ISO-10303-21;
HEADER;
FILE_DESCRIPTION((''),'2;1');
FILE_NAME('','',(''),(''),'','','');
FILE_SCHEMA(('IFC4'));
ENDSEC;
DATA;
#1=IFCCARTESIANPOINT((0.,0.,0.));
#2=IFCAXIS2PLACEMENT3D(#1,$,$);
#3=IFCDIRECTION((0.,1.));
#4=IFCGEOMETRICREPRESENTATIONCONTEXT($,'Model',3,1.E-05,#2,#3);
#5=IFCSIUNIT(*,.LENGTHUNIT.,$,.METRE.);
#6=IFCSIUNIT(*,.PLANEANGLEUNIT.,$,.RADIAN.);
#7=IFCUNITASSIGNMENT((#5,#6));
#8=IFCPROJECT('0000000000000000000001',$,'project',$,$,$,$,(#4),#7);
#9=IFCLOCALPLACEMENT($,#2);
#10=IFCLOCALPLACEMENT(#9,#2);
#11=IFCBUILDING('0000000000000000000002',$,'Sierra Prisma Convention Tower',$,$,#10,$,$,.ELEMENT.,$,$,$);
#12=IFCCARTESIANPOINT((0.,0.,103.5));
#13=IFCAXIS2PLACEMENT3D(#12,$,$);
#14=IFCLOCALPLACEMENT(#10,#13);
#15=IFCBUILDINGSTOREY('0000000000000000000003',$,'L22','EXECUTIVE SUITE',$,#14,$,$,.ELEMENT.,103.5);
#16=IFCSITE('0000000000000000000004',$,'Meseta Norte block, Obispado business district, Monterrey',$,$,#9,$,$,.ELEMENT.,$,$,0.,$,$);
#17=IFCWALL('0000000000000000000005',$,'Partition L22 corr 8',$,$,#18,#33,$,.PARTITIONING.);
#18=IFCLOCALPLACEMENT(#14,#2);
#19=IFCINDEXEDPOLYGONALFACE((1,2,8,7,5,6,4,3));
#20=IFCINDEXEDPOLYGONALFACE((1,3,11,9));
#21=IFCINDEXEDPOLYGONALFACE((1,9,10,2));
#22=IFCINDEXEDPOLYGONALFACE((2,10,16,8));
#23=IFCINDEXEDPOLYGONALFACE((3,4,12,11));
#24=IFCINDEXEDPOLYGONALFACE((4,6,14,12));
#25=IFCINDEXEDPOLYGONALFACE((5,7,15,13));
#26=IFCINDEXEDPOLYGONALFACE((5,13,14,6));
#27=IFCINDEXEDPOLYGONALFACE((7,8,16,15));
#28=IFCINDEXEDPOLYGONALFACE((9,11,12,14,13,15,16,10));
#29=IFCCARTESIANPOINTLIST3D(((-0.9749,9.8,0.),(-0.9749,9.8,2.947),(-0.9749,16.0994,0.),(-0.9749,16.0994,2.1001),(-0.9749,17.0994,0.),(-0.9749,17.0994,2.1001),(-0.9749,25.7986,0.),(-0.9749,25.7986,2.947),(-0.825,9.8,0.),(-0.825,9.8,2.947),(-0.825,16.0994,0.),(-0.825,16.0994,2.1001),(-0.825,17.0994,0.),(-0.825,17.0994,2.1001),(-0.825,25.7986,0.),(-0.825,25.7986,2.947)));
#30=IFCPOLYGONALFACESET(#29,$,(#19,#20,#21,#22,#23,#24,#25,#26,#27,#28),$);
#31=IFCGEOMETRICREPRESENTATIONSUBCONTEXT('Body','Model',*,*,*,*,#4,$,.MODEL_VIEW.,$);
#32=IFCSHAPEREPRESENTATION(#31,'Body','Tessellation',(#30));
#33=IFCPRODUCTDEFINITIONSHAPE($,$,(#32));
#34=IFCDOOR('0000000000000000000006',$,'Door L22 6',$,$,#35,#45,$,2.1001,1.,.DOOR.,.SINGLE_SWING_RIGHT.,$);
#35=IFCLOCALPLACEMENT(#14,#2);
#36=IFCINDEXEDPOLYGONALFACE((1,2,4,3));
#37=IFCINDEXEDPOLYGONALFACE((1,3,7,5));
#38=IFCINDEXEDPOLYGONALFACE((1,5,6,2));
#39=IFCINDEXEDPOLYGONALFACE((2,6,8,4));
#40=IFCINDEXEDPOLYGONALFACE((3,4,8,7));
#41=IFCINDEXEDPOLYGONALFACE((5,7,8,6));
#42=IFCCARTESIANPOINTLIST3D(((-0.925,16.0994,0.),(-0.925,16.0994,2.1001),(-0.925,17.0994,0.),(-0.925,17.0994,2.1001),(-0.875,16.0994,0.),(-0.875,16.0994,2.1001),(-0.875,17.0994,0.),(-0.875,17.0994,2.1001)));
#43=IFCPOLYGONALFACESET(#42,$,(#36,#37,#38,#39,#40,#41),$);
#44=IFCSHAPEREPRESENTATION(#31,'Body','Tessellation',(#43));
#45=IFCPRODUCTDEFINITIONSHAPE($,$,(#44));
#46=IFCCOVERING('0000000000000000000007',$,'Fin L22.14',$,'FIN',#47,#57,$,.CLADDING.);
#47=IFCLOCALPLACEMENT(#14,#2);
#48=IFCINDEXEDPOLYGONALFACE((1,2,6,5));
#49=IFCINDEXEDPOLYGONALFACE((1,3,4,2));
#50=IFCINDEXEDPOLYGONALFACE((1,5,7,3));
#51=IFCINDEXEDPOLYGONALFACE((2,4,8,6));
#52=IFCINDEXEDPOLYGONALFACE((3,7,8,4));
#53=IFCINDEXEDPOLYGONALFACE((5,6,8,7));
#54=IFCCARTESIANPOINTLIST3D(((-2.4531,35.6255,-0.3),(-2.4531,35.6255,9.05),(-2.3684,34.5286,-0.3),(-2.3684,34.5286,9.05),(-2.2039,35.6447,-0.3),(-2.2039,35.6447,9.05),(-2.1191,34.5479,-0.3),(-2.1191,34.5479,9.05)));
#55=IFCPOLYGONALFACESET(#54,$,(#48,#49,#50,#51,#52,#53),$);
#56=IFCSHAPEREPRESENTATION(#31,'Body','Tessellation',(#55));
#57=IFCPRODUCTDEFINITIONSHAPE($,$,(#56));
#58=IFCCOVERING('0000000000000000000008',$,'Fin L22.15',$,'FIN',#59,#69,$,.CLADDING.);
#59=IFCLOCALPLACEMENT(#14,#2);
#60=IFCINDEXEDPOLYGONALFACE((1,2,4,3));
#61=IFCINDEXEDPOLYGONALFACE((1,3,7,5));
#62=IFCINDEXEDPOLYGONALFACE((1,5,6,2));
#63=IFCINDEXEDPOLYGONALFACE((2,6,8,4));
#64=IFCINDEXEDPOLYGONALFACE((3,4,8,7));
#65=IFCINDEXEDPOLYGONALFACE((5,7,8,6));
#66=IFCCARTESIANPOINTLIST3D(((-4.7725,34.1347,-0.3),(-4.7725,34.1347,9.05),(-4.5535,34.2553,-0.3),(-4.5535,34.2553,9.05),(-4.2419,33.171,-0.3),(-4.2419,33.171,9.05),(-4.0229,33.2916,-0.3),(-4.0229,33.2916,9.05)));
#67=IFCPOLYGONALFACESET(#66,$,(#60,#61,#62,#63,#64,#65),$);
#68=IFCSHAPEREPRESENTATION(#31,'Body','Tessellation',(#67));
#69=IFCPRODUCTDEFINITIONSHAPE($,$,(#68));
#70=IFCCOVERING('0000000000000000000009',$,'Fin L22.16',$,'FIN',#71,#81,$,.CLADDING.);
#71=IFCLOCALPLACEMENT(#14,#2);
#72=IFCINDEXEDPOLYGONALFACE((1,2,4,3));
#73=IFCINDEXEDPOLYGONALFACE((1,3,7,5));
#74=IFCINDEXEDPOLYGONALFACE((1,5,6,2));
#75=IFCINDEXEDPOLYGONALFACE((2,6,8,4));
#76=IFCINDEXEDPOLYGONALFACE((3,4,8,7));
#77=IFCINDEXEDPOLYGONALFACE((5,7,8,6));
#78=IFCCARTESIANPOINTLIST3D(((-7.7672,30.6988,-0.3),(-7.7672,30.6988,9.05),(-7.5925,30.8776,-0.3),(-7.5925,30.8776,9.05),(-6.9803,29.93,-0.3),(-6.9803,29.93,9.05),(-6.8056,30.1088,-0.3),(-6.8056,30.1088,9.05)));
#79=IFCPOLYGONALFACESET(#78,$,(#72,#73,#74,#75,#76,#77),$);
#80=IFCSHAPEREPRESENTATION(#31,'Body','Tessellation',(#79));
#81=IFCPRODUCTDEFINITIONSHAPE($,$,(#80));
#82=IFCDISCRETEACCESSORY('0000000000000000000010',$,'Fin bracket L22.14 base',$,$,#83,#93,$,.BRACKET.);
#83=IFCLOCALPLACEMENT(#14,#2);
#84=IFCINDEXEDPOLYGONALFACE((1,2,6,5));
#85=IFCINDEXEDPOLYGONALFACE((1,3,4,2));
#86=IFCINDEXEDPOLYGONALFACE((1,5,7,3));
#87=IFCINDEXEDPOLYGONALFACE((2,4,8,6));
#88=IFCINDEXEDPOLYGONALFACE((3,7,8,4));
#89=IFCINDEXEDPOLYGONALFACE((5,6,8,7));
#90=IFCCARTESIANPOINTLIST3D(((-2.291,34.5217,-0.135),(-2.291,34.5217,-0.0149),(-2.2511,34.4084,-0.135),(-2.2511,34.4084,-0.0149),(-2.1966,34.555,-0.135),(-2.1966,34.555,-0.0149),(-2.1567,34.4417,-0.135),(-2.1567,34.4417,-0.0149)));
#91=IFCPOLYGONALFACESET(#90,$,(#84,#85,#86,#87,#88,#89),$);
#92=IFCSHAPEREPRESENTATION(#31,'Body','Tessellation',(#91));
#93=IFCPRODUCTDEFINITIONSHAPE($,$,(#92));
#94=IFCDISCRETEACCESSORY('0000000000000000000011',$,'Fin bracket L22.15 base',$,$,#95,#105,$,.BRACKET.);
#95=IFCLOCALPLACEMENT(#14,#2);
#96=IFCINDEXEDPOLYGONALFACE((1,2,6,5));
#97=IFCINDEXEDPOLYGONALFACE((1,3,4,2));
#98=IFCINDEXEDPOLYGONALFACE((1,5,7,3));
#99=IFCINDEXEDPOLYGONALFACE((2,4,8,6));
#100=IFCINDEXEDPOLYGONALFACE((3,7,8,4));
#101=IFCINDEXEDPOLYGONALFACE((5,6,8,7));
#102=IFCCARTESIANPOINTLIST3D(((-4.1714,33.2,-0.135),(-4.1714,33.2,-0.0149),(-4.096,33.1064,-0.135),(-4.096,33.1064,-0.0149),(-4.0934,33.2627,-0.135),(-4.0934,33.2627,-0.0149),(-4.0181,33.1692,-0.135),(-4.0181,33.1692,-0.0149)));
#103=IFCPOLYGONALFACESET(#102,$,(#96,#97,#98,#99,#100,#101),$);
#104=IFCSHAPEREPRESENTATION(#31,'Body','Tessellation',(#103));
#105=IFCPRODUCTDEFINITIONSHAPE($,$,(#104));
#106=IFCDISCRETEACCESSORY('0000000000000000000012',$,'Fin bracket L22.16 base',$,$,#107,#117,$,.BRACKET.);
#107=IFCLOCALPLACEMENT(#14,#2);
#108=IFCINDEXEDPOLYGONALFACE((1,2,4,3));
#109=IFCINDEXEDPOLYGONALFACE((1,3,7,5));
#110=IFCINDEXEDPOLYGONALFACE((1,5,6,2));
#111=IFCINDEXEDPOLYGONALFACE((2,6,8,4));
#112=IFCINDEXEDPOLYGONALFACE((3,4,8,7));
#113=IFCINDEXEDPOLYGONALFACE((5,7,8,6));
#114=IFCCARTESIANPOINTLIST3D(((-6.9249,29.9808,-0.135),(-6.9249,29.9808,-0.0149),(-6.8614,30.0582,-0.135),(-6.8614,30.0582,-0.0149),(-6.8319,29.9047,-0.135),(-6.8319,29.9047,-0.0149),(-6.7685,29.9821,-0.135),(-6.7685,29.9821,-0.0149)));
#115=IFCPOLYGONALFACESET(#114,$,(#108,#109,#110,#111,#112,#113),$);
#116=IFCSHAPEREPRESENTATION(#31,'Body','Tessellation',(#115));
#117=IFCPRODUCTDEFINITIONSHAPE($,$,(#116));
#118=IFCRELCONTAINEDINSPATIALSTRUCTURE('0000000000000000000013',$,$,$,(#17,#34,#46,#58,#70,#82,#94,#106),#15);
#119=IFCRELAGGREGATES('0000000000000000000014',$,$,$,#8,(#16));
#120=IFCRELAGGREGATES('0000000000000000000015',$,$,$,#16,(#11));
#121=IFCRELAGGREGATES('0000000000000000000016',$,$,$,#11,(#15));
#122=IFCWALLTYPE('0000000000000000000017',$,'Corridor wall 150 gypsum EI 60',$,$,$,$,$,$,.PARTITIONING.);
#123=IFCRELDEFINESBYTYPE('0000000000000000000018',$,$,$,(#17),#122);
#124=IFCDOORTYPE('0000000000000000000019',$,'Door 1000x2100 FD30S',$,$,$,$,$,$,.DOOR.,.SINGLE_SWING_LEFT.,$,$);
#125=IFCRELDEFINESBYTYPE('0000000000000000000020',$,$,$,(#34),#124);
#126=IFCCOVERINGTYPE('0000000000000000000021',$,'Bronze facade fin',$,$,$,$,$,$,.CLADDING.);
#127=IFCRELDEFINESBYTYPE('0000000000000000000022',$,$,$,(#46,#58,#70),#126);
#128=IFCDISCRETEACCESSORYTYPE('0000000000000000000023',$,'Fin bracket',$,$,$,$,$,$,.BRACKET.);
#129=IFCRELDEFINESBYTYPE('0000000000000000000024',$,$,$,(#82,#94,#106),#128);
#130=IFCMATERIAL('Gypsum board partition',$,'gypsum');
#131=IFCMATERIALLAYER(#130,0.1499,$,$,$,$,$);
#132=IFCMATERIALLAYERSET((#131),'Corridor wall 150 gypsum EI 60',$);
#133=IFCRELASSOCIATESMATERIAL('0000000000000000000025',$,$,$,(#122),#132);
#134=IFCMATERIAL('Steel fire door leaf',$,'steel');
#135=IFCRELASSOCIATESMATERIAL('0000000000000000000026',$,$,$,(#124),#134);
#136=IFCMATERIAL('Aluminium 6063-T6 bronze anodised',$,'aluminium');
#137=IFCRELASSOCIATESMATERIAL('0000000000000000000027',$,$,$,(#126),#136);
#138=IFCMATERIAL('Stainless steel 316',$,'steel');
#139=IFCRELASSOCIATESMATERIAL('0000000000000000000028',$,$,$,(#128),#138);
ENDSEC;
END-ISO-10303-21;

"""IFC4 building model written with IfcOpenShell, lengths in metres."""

from ifc_helpers import new_model, si_unit, direction, frame, frame_2d, origin, origin_2d, place, context, subcontext, project, spatial, rectangle, extrude, material, layer, layer_set, material_profile, profile_set, type_object, element, fill, save


model = new_model("IFC4")

# Units and contexts
model_context = context("Model", 3, precision=1e-05, world=origin(), true_north=direction((0.0, 1.0)))
body_context = subcontext(model_context, "Body", "Model", "MODEL_VIEW")
ifc_project = project(units=[si_unit("LENGTHUNIT", "METRE"), si_unit("PLANEANGLEUNIT", "RADIAN")], contexts=[model_context])

# Site, building, storey
site_placement = place(None, origin())
site = spatial("IfcSite", under=ifc_project, at=site_placement, Name="Meseta Norte block, Obispado business district, Monterrey", CompositionType="ELEMENT", RefElevation=0.0)
building_placement = place(site_placement, origin())
building = spatial("IfcBuilding", under=site, at=building_placement, Name="Sierra Prisma Convention Tower", CompositionType="ELEMENT")
storey_placement = place(building_placement, frame((0.0, 0.0, 103.5)))
storey = spatial("IfcBuildingStorey", under=building, at=storey_placement, Name="L22", Description="EXECUTIVE SUITE", CompositionType="ELEMENT", Elevation=103.5)

# Wall, opening, door
ifc_material_1 = material(Name="Gypsum board partition", Category="gypsum")
ifc_layer_1 = layer(ifc_material_1, 0.1499)
ifc_layer_set_1 = layer_set([ifc_layer_1], Name="Corridor wall 150 gypsum EI 60")
wall_type_1 = type_object("IfcWallType", Name="Corridor wall 150 gypsum EI 60", PredefinedType="PARTITIONING", material=ifc_layer_set_1)
wall_1_placement = place(storey_placement, frame((-0.8999, 25.7986, 0.0), z_axis=(0.0, 0.0, 1.0), x_axis=(0.0, -1.0, 0.0)))
wall_1 = element("IfcWall", 1, at=wall_1_placement, inside=storey, type_object=wall_type_1, Name="Partition L22 corr 8", PredefinedType="PARTITIONING", context=body_context, shape_type="SweptSolid", body=[
    extrude(rectangle(XDim=15.9985, YDim=0.1499, at=frame_2d((7.9993, 0.0))), origin(), (0.0, 0.0, 1.0), 2.947),
])
opening_1_placement = place(wall_1_placement, frame((8.6992, 0.0, 0.0)))
opening_1 = element("IfcOpeningElement", 2, at=opening_1_placement, cuts=wall_1, PredefinedType="OPENING", context=body_context, shape_type="SweptSolid", body=[
    extrude(rectangle(XDim=1.0, YDim=2.1001, at=frame_2d((0.5, 1.05))), frame((0.0, 0.075, 0.0), z_axis=(0.0, -1.0, 0.0), x_axis=(1.0, 0.0, 0.0)), (0.0, 0.0, 1.0), 0.1499),
])
ifc_material_2 = material(Name="Steel fire door leaf", Category="steel")
door_type_1 = type_object("IfcDoorType", Name="Door 1000x2100 FD30S", OperationType="SINGLE_SWING_LEFT", PredefinedType="DOOR", material=ifc_material_2)
door_1_placement = place(opening_1_placement, origin())
door_1 = element("IfcDoor", 3, at=door_1_placement, inside=storey, type_object=door_type_1, Name="Door L22 6", OperationType="SINGLE_SWING_RIGHT", OverallHeight=2.1001, OverallWidth=1.0, PredefinedType="DOOR", context=body_context, shape_type="SweptSolid", body=[
    extrude(rectangle(XDim=1.0, YDim=2.1001, at=frame_2d((0.5, 1.05))), frame((0.0, 0.0249, 0.0), z_axis=(0.0, -1.0, 0.0), x_axis=(1.0, 0.0, 0.0)), (0.0, 0.0, 1.0), 0.05),
])
fill(opening_1, door_1)

# Coverings
ifc_material_3 = material(Name="Aluminium 6063-T6 bronze anodised", Category="aluminium")
ifc_material_profile_1 = material_profile(ifc_material_3, rectangle(XDim=1.1001, YDim=0.25, at=origin_2d()), Name="ALU FIN 1100x250")
ifc_profile_set_1 = profile_set([ifc_material_profile_1], Name="Aluminium 6063-T6 bronze anodised")
covering_type = type_object("IfcCoveringType", Name="Bronze facade fin", PredefinedType="CLADDING", material=ifc_profile_set_1)
for number, where, z_axis, x_axis, name in (
    (4, (-2.2861, 35.0867, -0.3), (0.0, 0.0, 1.0), (-0.077036, 0.997028, 0.0), "Fin L22.14"),
    (5, (-4.3977, 33.7131, -0.3), (0.0, 0.0, 1.0), (-0.482311, 0.876, 0.0), "Fin L22.15"),
    (6, (-7.2864, 30.4038, -0.3), (0.0, 0.0, 1.0), (-0.715287, 0.698831, 0.0), "Fin L22.16"),
):
    element("IfcCovering", number, at=place(storey_placement, frame(where, z_axis=z_axis, x_axis=x_axis)), inside=storey, type_object=covering_type, Name=name, ObjectType="FIN", PredefinedType="CLADDING", context=body_context, shape_type="SweptSolid", body=[
        extrude(rectangle(XDim=1.1001, YDim=0.25, at=origin_2d()), origin(), (0.0, 0.0, 1.0), 9.3501),
    ])

# Discrete accessories
ifc_material_4 = material(Name="Stainless steel 316", Category="steel")
discrete_accessory_type = type_object("IfcDiscreteAccessoryType", Name="Fin bracket", PredefinedType="BRACKET", material=ifc_material_4)
for number, where, z_axis, x_axis, name in (
    (7, (-2.2239, 34.4817, -0.135), (0.0, 0.0, 1.0), (-0.332461, 0.943117, 0.0), "Fin bracket L22.14 base"),
    (8, (-4.0947, 33.1846, -0.135), (0.0, 0.0, 1.0), (-0.627099, 0.778939, 0.0), "Fin bracket L22.15 base"),
    (9, (-6.8467, 29.9814, -0.135), (0.0, 0.0, 1.0), (-0.773472, 0.63383, 0.0), "Fin bracket L22.16 base"),
):
    element("IfcDiscreteAccessory", number, at=place(storey_placement, frame(where, z_axis=z_axis, x_axis=x_axis)), inside=storey, type_object=discrete_accessory_type, Name=name, PredefinedType="BRACKET", context=body_context, shape_type="SweptSolid", body=[
        extrude(rectangle(XDim=0.1201, YDim=0.1001, at=origin_2d()), origin(), (0.0, 0.0, 1.0), 0.1201),
    ])

save(model, "model.ifc")
